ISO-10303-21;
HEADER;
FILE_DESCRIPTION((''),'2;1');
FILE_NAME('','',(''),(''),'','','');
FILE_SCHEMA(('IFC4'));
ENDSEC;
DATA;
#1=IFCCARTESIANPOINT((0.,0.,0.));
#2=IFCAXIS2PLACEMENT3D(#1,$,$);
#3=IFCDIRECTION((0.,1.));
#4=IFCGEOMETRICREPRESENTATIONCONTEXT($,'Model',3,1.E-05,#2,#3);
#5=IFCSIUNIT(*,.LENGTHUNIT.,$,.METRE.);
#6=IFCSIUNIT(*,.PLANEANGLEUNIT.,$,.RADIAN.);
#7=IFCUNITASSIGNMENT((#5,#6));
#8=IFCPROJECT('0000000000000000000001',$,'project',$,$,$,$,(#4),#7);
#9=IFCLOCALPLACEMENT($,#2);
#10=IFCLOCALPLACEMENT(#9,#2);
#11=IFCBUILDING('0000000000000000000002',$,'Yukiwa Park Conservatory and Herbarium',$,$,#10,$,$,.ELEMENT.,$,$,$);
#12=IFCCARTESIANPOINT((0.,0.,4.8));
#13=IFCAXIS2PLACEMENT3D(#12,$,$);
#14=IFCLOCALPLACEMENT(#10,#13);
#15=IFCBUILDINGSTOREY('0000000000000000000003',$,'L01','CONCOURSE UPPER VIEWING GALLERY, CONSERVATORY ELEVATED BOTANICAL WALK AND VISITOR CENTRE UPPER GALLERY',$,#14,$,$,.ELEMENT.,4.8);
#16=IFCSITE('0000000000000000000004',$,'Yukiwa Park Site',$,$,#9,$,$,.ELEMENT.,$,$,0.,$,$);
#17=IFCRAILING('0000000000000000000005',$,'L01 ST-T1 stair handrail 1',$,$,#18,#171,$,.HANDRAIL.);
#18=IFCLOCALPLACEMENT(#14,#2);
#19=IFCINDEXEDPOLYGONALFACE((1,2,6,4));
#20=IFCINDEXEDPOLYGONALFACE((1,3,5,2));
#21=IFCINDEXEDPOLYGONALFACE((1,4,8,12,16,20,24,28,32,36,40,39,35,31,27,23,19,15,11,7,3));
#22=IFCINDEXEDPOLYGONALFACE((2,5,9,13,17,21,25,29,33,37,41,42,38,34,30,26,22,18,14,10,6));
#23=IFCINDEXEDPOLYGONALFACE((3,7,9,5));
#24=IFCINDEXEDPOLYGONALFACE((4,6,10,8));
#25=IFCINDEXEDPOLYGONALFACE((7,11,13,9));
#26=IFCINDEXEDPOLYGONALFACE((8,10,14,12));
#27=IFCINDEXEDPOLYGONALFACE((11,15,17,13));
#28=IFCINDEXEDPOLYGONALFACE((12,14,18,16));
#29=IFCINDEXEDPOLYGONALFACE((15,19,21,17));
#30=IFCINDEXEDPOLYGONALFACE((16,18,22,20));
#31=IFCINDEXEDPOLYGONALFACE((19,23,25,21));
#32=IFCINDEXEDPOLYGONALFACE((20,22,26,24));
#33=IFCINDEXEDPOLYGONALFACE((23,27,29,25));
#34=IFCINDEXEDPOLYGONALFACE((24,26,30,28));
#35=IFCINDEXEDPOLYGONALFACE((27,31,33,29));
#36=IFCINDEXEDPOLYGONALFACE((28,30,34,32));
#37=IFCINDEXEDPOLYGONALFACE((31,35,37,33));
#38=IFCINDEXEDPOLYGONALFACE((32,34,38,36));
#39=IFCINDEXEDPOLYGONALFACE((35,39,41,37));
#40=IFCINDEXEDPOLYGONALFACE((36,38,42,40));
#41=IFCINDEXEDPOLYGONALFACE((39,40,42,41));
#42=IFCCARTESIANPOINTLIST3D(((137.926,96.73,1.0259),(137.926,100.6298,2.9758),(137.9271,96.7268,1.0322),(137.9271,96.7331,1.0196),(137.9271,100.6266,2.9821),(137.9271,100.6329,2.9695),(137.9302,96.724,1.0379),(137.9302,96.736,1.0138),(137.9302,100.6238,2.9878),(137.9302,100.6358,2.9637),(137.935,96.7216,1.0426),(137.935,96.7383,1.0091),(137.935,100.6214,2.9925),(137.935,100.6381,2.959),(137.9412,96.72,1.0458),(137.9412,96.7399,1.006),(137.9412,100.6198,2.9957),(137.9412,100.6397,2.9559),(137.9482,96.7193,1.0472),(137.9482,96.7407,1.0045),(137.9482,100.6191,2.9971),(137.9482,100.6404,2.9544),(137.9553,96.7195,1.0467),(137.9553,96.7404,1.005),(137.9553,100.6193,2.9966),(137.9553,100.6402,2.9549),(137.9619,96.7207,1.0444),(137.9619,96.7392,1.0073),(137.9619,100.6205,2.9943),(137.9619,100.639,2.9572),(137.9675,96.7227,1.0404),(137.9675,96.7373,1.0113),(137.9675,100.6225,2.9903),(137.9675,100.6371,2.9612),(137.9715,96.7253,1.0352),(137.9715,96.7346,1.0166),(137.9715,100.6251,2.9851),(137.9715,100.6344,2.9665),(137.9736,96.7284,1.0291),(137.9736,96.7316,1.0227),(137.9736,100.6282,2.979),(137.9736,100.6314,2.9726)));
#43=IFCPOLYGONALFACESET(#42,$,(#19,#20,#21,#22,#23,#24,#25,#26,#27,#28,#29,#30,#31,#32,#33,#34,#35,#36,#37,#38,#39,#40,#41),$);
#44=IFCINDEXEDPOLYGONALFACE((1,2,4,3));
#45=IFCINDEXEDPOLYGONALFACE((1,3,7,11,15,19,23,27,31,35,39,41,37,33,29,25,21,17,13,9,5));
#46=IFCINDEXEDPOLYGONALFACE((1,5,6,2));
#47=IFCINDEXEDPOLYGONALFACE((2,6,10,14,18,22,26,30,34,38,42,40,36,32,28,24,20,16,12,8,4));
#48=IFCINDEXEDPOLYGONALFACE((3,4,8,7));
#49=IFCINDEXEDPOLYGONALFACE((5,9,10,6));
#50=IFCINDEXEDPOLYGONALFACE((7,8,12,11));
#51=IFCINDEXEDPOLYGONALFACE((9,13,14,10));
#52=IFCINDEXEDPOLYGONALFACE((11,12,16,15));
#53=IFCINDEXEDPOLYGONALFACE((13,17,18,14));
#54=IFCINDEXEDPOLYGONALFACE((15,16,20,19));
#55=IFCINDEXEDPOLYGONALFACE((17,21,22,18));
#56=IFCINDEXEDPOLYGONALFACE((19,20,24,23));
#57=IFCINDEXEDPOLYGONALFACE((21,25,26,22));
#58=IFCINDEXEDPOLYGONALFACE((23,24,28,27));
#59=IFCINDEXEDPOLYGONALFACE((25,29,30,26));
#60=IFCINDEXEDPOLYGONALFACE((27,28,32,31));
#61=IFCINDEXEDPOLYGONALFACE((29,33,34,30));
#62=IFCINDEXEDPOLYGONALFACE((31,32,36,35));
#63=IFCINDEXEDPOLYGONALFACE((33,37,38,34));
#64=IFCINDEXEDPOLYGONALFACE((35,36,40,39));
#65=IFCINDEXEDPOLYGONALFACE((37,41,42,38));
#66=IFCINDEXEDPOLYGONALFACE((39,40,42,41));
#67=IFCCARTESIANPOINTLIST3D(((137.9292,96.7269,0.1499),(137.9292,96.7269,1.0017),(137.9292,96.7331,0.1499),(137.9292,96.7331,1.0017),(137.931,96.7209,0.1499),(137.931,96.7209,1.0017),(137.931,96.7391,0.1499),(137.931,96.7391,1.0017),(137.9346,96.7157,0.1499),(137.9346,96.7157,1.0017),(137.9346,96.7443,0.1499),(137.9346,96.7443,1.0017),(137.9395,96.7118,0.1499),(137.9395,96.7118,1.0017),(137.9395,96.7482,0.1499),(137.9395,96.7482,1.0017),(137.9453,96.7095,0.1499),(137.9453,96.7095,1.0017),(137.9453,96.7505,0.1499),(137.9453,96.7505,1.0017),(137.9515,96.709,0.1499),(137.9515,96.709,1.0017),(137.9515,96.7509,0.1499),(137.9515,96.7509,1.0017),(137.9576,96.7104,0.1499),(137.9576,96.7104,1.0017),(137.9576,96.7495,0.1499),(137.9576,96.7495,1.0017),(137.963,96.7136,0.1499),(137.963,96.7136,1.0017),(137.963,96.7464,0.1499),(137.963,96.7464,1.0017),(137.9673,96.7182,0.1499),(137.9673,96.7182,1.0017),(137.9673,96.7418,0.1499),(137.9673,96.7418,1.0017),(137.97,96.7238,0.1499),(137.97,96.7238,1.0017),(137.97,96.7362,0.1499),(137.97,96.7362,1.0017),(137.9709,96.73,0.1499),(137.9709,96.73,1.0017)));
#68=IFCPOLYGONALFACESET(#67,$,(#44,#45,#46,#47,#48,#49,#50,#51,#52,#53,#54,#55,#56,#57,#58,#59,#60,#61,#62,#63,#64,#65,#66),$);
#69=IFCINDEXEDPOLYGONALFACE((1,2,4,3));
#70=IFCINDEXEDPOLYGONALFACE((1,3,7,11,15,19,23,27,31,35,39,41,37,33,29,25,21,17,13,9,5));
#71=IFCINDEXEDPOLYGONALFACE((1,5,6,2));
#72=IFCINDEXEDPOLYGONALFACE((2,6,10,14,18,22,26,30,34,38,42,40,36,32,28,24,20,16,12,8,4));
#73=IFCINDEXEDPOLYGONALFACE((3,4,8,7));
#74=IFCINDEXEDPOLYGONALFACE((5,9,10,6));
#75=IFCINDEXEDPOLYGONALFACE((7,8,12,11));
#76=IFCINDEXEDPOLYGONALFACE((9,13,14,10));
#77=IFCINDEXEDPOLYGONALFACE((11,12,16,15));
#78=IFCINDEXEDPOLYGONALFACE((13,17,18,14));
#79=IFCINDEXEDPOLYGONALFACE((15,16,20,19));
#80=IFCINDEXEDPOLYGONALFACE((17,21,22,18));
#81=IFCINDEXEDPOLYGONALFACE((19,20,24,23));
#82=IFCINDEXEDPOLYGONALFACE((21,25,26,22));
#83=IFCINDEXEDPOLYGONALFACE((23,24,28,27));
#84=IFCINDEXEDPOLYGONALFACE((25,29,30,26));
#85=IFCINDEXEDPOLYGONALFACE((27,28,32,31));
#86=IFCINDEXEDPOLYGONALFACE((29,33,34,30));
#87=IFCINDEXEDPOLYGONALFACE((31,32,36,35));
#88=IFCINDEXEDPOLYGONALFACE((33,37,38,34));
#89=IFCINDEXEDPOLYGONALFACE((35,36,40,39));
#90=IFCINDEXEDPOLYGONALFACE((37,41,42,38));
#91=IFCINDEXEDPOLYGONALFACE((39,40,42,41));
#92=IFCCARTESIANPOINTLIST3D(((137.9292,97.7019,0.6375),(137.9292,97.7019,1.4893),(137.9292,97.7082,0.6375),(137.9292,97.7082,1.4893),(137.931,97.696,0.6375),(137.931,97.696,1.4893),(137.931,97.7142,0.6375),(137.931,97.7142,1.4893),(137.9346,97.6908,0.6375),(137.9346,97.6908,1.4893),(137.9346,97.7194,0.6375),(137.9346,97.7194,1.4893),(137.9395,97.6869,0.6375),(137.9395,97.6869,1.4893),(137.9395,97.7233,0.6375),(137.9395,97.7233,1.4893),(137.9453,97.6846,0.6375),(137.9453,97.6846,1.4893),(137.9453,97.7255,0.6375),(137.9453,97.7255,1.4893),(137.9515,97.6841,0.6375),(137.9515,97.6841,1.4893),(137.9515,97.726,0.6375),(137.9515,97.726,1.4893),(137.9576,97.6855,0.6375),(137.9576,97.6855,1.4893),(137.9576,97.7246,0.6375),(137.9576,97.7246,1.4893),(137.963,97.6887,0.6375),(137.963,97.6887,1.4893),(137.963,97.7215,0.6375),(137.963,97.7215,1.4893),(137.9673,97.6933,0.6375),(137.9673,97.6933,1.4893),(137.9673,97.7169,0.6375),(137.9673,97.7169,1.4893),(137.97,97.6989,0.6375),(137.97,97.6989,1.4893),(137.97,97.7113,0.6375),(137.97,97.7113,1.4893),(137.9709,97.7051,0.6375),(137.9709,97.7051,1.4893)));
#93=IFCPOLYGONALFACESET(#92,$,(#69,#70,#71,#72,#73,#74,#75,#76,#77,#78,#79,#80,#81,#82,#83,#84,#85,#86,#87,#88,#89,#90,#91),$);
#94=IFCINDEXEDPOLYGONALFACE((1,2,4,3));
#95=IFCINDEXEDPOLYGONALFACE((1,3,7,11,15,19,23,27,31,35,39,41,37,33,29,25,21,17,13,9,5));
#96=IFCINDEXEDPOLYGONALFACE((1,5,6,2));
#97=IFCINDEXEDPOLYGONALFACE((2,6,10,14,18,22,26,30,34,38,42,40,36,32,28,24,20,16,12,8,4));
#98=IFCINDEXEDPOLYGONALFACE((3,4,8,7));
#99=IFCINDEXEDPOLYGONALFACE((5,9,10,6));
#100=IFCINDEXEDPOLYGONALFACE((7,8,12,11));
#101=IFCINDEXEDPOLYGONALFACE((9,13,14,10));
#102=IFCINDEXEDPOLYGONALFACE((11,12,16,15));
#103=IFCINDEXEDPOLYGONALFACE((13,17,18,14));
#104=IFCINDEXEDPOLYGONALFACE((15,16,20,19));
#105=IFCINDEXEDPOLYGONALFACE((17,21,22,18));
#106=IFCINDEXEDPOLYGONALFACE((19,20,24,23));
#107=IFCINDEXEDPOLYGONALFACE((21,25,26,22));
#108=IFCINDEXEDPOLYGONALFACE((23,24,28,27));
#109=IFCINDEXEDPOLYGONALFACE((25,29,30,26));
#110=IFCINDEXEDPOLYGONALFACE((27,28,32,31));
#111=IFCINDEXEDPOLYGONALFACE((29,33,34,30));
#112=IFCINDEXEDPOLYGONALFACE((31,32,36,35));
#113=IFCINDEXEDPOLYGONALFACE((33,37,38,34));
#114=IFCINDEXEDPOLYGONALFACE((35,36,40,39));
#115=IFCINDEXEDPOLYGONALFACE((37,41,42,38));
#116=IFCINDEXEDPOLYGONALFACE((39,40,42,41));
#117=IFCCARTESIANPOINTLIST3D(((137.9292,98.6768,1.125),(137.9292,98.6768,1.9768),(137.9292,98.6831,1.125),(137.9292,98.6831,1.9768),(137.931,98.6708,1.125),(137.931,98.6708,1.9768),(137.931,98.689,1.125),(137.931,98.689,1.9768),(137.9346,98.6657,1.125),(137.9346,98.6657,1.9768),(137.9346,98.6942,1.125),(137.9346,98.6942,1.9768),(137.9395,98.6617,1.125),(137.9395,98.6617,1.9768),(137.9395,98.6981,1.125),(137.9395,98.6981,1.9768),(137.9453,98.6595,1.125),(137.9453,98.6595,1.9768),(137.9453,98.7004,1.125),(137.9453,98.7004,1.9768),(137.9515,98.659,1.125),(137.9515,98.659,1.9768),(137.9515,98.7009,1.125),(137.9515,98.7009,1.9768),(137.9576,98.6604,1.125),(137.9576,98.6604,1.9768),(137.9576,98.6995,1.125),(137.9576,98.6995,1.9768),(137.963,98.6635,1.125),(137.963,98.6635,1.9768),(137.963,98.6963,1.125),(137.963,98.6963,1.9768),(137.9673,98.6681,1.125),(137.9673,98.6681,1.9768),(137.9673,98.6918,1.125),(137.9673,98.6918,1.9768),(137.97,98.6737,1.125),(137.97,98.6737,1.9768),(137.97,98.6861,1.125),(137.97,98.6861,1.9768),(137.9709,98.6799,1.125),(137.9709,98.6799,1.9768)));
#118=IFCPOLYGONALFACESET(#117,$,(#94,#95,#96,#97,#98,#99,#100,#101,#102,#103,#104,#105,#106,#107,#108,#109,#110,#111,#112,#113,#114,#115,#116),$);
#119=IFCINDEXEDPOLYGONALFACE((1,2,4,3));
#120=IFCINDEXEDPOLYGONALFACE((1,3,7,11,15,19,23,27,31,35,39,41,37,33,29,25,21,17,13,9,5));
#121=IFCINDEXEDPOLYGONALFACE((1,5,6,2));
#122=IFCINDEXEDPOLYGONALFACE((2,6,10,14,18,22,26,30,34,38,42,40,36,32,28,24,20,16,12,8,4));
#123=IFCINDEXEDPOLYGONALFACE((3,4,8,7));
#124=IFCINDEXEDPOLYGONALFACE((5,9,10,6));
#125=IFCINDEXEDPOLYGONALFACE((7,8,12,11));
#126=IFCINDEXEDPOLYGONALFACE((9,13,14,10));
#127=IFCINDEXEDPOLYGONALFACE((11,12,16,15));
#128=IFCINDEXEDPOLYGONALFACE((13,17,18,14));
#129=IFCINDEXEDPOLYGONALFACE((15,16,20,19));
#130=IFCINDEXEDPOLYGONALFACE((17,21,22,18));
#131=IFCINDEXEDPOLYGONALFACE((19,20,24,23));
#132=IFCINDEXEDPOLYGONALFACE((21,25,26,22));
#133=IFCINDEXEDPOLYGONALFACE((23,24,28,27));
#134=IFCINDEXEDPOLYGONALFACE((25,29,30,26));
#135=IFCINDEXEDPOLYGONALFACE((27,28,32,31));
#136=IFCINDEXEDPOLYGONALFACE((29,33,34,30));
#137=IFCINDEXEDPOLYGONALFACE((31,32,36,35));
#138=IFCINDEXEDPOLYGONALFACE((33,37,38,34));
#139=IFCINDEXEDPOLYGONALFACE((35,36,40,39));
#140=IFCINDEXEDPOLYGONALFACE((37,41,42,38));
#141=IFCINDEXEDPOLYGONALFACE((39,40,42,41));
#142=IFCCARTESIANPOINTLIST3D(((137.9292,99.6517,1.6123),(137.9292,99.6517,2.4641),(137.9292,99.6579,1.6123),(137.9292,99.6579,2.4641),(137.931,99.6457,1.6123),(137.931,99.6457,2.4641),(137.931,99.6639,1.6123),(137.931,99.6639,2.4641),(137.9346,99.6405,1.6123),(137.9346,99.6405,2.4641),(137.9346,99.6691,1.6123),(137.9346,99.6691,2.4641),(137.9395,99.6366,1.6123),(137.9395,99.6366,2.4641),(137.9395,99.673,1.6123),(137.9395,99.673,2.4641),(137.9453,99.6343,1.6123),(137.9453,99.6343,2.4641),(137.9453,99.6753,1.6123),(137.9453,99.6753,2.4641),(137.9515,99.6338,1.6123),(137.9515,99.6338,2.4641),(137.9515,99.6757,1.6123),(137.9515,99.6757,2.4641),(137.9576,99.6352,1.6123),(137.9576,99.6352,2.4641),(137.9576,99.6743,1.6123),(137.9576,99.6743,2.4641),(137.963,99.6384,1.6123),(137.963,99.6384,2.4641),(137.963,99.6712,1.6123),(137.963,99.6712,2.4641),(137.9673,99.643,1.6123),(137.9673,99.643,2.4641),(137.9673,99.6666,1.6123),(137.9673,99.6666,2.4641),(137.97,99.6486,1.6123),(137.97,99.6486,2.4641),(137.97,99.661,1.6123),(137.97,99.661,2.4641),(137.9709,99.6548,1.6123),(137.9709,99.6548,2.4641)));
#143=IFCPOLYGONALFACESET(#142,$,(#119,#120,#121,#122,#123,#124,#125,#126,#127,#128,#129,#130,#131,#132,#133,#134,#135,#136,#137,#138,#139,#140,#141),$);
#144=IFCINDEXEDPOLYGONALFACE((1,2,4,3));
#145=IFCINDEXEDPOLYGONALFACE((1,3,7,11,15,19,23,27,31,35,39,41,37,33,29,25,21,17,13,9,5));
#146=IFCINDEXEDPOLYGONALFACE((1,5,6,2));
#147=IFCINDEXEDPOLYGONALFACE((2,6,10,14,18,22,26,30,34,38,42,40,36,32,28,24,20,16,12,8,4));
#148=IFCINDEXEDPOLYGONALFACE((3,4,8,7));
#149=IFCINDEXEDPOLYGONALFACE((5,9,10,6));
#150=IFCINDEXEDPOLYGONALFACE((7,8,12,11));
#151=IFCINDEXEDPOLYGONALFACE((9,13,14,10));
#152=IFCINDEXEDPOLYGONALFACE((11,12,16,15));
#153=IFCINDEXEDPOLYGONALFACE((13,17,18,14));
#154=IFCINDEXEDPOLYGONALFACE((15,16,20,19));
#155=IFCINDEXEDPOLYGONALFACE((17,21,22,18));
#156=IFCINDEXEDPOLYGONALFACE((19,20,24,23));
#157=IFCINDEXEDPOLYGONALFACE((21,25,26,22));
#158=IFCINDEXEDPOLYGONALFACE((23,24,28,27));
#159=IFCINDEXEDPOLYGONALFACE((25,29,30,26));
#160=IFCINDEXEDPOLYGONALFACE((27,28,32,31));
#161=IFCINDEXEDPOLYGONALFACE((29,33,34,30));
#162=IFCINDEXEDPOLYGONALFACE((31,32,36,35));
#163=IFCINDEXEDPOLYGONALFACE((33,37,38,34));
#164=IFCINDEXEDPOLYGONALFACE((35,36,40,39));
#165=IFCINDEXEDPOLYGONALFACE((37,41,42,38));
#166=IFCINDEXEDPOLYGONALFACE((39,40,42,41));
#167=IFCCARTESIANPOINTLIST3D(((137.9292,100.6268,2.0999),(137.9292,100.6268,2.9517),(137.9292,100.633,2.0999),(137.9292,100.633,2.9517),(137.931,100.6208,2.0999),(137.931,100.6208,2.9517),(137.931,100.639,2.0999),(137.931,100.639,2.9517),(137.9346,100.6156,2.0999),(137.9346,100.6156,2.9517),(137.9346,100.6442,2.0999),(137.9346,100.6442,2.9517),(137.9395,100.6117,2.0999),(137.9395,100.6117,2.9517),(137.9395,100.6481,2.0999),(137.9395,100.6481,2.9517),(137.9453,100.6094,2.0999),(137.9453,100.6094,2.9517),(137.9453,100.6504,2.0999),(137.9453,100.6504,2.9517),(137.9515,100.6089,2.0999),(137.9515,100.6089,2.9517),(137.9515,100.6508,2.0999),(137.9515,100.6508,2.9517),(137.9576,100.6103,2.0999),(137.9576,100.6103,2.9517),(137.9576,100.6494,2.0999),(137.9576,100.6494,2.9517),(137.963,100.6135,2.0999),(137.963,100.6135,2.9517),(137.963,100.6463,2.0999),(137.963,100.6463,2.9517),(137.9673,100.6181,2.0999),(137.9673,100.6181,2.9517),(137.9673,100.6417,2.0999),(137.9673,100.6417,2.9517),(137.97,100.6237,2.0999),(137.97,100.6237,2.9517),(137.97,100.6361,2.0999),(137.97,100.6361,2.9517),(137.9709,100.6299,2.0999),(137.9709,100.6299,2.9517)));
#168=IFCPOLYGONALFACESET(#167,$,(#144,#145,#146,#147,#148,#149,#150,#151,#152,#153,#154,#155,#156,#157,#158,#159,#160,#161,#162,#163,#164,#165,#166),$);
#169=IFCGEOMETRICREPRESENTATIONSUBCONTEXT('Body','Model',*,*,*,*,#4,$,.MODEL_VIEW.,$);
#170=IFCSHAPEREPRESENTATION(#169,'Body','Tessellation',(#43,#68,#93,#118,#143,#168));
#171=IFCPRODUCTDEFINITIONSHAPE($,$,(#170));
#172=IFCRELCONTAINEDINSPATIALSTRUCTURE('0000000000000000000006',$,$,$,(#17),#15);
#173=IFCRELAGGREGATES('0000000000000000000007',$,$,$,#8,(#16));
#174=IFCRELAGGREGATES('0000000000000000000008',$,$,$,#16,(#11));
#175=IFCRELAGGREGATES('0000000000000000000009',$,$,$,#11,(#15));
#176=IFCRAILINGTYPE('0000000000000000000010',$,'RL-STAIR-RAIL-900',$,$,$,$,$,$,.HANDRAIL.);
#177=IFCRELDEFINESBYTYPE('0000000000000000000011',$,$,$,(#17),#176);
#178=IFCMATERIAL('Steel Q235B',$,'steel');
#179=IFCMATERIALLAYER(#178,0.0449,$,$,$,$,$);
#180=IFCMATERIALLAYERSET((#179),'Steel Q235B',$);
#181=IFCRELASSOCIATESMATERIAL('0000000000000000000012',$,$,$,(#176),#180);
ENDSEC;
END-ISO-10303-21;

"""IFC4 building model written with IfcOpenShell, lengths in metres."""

from ifc_helpers import new_model, si_unit, direction, frame, origin, origin_2d, place, context, subcontext, project, spatial, circle, extrude, material, layer, layer_set, type_object, element, save


model = new_model("IFC4")

# Units and contexts
model_context = context("Model", 3, precision=1e-05, world=origin(), true_north=direction((0.0, 1.0)))
body_context = subcontext(model_context, "Body", "Model", "MODEL_VIEW")
ifc_project = project(units=[si_unit("LENGTHUNIT", "METRE"), si_unit("PLANEANGLEUNIT", "RADIAN")], contexts=[model_context])

# Site, building, storey
site_placement = place(None, origin())
site = spatial("IfcSite", under=ifc_project, at=site_placement, Name="Yukiwa Park Site", CompositionType="ELEMENT", RefElevation=0.0)
building_placement = place(site_placement, origin())
building = spatial("IfcBuilding", under=site, at=building_placement, Name="Yukiwa Park Conservatory and Herbarium", CompositionType="ELEMENT")
storey_placement = place(building_placement, frame((0.0, 0.0, 4.8)))
storey = spatial("IfcBuildingStorey", under=building, at=storey_placement, Name="L01", Description="CONCOURSE UPPER VIEWING GALLERY, CONSERVATORY ELEVATED BOTANICAL WALK AND VISITOR CENTRE UPPER GALLERY", CompositionType="ELEMENT", Elevation=4.8)

# Railing
ifc_material_1 = material(Name="Steel Q235B", Category="steel")
ifc_layer_1 = layer(ifc_material_1, 0.0449)
ifc_layer_set_1 = layer_set([ifc_layer_1], Name="Steel Q235B")
railing_type_1 = type_object("IfcRailingType", Name="RL-STAIR-RAIL-900", PredefinedType="HANDRAIL", material=ifc_layer_set_1)
railing_1_placement = place(storey_placement, frame((137.95, 96.73, 0.1499)))
element("IfcRailing", 1, at=railing_1_placement, inside=storey, type_object=railing_type_1, Name="L01 ST-T1 stair handrail 1", PredefinedType="HANDRAIL", context=body_context, shape_type="SweptSolid", body=[
    extrude(circle(Radius=0.0239, at=origin_2d()), frame((0.0, 0.0, 0.876), z_axis=(0.0, 0.894427, 0.447214), x_axis=(-1.0, 0.0, 0.0)), (0.0, 0.0, 1.0), 4.3601),
    extrude(circle(Radius=0.021, at=origin_2d()), origin(), (0.0, 0.0, 1.0), 0.8518),
    extrude(circle(Radius=0.021, at=origin_2d()), frame((0.0, 0.9751, 0.4875)), (0.0, 0.0, 1.0), 0.8518),
    extrude(circle(Radius=0.021, at=origin_2d()), frame((0.0, 1.95, 0.9751)), (0.0, 0.0, 1.0), 0.8518),
    extrude(circle(Radius=0.021, at=origin_2d()), frame((0.0, 2.9248, 1.4624)), (0.0, 0.0, 1.0), 0.8518),
    extrude(circle(Radius=0.021, at=origin_2d()), frame((0.0, 3.8999, 1.95)), (0.0, 0.0, 1.0), 0.8518),
])

save(model, "model.ifc")
